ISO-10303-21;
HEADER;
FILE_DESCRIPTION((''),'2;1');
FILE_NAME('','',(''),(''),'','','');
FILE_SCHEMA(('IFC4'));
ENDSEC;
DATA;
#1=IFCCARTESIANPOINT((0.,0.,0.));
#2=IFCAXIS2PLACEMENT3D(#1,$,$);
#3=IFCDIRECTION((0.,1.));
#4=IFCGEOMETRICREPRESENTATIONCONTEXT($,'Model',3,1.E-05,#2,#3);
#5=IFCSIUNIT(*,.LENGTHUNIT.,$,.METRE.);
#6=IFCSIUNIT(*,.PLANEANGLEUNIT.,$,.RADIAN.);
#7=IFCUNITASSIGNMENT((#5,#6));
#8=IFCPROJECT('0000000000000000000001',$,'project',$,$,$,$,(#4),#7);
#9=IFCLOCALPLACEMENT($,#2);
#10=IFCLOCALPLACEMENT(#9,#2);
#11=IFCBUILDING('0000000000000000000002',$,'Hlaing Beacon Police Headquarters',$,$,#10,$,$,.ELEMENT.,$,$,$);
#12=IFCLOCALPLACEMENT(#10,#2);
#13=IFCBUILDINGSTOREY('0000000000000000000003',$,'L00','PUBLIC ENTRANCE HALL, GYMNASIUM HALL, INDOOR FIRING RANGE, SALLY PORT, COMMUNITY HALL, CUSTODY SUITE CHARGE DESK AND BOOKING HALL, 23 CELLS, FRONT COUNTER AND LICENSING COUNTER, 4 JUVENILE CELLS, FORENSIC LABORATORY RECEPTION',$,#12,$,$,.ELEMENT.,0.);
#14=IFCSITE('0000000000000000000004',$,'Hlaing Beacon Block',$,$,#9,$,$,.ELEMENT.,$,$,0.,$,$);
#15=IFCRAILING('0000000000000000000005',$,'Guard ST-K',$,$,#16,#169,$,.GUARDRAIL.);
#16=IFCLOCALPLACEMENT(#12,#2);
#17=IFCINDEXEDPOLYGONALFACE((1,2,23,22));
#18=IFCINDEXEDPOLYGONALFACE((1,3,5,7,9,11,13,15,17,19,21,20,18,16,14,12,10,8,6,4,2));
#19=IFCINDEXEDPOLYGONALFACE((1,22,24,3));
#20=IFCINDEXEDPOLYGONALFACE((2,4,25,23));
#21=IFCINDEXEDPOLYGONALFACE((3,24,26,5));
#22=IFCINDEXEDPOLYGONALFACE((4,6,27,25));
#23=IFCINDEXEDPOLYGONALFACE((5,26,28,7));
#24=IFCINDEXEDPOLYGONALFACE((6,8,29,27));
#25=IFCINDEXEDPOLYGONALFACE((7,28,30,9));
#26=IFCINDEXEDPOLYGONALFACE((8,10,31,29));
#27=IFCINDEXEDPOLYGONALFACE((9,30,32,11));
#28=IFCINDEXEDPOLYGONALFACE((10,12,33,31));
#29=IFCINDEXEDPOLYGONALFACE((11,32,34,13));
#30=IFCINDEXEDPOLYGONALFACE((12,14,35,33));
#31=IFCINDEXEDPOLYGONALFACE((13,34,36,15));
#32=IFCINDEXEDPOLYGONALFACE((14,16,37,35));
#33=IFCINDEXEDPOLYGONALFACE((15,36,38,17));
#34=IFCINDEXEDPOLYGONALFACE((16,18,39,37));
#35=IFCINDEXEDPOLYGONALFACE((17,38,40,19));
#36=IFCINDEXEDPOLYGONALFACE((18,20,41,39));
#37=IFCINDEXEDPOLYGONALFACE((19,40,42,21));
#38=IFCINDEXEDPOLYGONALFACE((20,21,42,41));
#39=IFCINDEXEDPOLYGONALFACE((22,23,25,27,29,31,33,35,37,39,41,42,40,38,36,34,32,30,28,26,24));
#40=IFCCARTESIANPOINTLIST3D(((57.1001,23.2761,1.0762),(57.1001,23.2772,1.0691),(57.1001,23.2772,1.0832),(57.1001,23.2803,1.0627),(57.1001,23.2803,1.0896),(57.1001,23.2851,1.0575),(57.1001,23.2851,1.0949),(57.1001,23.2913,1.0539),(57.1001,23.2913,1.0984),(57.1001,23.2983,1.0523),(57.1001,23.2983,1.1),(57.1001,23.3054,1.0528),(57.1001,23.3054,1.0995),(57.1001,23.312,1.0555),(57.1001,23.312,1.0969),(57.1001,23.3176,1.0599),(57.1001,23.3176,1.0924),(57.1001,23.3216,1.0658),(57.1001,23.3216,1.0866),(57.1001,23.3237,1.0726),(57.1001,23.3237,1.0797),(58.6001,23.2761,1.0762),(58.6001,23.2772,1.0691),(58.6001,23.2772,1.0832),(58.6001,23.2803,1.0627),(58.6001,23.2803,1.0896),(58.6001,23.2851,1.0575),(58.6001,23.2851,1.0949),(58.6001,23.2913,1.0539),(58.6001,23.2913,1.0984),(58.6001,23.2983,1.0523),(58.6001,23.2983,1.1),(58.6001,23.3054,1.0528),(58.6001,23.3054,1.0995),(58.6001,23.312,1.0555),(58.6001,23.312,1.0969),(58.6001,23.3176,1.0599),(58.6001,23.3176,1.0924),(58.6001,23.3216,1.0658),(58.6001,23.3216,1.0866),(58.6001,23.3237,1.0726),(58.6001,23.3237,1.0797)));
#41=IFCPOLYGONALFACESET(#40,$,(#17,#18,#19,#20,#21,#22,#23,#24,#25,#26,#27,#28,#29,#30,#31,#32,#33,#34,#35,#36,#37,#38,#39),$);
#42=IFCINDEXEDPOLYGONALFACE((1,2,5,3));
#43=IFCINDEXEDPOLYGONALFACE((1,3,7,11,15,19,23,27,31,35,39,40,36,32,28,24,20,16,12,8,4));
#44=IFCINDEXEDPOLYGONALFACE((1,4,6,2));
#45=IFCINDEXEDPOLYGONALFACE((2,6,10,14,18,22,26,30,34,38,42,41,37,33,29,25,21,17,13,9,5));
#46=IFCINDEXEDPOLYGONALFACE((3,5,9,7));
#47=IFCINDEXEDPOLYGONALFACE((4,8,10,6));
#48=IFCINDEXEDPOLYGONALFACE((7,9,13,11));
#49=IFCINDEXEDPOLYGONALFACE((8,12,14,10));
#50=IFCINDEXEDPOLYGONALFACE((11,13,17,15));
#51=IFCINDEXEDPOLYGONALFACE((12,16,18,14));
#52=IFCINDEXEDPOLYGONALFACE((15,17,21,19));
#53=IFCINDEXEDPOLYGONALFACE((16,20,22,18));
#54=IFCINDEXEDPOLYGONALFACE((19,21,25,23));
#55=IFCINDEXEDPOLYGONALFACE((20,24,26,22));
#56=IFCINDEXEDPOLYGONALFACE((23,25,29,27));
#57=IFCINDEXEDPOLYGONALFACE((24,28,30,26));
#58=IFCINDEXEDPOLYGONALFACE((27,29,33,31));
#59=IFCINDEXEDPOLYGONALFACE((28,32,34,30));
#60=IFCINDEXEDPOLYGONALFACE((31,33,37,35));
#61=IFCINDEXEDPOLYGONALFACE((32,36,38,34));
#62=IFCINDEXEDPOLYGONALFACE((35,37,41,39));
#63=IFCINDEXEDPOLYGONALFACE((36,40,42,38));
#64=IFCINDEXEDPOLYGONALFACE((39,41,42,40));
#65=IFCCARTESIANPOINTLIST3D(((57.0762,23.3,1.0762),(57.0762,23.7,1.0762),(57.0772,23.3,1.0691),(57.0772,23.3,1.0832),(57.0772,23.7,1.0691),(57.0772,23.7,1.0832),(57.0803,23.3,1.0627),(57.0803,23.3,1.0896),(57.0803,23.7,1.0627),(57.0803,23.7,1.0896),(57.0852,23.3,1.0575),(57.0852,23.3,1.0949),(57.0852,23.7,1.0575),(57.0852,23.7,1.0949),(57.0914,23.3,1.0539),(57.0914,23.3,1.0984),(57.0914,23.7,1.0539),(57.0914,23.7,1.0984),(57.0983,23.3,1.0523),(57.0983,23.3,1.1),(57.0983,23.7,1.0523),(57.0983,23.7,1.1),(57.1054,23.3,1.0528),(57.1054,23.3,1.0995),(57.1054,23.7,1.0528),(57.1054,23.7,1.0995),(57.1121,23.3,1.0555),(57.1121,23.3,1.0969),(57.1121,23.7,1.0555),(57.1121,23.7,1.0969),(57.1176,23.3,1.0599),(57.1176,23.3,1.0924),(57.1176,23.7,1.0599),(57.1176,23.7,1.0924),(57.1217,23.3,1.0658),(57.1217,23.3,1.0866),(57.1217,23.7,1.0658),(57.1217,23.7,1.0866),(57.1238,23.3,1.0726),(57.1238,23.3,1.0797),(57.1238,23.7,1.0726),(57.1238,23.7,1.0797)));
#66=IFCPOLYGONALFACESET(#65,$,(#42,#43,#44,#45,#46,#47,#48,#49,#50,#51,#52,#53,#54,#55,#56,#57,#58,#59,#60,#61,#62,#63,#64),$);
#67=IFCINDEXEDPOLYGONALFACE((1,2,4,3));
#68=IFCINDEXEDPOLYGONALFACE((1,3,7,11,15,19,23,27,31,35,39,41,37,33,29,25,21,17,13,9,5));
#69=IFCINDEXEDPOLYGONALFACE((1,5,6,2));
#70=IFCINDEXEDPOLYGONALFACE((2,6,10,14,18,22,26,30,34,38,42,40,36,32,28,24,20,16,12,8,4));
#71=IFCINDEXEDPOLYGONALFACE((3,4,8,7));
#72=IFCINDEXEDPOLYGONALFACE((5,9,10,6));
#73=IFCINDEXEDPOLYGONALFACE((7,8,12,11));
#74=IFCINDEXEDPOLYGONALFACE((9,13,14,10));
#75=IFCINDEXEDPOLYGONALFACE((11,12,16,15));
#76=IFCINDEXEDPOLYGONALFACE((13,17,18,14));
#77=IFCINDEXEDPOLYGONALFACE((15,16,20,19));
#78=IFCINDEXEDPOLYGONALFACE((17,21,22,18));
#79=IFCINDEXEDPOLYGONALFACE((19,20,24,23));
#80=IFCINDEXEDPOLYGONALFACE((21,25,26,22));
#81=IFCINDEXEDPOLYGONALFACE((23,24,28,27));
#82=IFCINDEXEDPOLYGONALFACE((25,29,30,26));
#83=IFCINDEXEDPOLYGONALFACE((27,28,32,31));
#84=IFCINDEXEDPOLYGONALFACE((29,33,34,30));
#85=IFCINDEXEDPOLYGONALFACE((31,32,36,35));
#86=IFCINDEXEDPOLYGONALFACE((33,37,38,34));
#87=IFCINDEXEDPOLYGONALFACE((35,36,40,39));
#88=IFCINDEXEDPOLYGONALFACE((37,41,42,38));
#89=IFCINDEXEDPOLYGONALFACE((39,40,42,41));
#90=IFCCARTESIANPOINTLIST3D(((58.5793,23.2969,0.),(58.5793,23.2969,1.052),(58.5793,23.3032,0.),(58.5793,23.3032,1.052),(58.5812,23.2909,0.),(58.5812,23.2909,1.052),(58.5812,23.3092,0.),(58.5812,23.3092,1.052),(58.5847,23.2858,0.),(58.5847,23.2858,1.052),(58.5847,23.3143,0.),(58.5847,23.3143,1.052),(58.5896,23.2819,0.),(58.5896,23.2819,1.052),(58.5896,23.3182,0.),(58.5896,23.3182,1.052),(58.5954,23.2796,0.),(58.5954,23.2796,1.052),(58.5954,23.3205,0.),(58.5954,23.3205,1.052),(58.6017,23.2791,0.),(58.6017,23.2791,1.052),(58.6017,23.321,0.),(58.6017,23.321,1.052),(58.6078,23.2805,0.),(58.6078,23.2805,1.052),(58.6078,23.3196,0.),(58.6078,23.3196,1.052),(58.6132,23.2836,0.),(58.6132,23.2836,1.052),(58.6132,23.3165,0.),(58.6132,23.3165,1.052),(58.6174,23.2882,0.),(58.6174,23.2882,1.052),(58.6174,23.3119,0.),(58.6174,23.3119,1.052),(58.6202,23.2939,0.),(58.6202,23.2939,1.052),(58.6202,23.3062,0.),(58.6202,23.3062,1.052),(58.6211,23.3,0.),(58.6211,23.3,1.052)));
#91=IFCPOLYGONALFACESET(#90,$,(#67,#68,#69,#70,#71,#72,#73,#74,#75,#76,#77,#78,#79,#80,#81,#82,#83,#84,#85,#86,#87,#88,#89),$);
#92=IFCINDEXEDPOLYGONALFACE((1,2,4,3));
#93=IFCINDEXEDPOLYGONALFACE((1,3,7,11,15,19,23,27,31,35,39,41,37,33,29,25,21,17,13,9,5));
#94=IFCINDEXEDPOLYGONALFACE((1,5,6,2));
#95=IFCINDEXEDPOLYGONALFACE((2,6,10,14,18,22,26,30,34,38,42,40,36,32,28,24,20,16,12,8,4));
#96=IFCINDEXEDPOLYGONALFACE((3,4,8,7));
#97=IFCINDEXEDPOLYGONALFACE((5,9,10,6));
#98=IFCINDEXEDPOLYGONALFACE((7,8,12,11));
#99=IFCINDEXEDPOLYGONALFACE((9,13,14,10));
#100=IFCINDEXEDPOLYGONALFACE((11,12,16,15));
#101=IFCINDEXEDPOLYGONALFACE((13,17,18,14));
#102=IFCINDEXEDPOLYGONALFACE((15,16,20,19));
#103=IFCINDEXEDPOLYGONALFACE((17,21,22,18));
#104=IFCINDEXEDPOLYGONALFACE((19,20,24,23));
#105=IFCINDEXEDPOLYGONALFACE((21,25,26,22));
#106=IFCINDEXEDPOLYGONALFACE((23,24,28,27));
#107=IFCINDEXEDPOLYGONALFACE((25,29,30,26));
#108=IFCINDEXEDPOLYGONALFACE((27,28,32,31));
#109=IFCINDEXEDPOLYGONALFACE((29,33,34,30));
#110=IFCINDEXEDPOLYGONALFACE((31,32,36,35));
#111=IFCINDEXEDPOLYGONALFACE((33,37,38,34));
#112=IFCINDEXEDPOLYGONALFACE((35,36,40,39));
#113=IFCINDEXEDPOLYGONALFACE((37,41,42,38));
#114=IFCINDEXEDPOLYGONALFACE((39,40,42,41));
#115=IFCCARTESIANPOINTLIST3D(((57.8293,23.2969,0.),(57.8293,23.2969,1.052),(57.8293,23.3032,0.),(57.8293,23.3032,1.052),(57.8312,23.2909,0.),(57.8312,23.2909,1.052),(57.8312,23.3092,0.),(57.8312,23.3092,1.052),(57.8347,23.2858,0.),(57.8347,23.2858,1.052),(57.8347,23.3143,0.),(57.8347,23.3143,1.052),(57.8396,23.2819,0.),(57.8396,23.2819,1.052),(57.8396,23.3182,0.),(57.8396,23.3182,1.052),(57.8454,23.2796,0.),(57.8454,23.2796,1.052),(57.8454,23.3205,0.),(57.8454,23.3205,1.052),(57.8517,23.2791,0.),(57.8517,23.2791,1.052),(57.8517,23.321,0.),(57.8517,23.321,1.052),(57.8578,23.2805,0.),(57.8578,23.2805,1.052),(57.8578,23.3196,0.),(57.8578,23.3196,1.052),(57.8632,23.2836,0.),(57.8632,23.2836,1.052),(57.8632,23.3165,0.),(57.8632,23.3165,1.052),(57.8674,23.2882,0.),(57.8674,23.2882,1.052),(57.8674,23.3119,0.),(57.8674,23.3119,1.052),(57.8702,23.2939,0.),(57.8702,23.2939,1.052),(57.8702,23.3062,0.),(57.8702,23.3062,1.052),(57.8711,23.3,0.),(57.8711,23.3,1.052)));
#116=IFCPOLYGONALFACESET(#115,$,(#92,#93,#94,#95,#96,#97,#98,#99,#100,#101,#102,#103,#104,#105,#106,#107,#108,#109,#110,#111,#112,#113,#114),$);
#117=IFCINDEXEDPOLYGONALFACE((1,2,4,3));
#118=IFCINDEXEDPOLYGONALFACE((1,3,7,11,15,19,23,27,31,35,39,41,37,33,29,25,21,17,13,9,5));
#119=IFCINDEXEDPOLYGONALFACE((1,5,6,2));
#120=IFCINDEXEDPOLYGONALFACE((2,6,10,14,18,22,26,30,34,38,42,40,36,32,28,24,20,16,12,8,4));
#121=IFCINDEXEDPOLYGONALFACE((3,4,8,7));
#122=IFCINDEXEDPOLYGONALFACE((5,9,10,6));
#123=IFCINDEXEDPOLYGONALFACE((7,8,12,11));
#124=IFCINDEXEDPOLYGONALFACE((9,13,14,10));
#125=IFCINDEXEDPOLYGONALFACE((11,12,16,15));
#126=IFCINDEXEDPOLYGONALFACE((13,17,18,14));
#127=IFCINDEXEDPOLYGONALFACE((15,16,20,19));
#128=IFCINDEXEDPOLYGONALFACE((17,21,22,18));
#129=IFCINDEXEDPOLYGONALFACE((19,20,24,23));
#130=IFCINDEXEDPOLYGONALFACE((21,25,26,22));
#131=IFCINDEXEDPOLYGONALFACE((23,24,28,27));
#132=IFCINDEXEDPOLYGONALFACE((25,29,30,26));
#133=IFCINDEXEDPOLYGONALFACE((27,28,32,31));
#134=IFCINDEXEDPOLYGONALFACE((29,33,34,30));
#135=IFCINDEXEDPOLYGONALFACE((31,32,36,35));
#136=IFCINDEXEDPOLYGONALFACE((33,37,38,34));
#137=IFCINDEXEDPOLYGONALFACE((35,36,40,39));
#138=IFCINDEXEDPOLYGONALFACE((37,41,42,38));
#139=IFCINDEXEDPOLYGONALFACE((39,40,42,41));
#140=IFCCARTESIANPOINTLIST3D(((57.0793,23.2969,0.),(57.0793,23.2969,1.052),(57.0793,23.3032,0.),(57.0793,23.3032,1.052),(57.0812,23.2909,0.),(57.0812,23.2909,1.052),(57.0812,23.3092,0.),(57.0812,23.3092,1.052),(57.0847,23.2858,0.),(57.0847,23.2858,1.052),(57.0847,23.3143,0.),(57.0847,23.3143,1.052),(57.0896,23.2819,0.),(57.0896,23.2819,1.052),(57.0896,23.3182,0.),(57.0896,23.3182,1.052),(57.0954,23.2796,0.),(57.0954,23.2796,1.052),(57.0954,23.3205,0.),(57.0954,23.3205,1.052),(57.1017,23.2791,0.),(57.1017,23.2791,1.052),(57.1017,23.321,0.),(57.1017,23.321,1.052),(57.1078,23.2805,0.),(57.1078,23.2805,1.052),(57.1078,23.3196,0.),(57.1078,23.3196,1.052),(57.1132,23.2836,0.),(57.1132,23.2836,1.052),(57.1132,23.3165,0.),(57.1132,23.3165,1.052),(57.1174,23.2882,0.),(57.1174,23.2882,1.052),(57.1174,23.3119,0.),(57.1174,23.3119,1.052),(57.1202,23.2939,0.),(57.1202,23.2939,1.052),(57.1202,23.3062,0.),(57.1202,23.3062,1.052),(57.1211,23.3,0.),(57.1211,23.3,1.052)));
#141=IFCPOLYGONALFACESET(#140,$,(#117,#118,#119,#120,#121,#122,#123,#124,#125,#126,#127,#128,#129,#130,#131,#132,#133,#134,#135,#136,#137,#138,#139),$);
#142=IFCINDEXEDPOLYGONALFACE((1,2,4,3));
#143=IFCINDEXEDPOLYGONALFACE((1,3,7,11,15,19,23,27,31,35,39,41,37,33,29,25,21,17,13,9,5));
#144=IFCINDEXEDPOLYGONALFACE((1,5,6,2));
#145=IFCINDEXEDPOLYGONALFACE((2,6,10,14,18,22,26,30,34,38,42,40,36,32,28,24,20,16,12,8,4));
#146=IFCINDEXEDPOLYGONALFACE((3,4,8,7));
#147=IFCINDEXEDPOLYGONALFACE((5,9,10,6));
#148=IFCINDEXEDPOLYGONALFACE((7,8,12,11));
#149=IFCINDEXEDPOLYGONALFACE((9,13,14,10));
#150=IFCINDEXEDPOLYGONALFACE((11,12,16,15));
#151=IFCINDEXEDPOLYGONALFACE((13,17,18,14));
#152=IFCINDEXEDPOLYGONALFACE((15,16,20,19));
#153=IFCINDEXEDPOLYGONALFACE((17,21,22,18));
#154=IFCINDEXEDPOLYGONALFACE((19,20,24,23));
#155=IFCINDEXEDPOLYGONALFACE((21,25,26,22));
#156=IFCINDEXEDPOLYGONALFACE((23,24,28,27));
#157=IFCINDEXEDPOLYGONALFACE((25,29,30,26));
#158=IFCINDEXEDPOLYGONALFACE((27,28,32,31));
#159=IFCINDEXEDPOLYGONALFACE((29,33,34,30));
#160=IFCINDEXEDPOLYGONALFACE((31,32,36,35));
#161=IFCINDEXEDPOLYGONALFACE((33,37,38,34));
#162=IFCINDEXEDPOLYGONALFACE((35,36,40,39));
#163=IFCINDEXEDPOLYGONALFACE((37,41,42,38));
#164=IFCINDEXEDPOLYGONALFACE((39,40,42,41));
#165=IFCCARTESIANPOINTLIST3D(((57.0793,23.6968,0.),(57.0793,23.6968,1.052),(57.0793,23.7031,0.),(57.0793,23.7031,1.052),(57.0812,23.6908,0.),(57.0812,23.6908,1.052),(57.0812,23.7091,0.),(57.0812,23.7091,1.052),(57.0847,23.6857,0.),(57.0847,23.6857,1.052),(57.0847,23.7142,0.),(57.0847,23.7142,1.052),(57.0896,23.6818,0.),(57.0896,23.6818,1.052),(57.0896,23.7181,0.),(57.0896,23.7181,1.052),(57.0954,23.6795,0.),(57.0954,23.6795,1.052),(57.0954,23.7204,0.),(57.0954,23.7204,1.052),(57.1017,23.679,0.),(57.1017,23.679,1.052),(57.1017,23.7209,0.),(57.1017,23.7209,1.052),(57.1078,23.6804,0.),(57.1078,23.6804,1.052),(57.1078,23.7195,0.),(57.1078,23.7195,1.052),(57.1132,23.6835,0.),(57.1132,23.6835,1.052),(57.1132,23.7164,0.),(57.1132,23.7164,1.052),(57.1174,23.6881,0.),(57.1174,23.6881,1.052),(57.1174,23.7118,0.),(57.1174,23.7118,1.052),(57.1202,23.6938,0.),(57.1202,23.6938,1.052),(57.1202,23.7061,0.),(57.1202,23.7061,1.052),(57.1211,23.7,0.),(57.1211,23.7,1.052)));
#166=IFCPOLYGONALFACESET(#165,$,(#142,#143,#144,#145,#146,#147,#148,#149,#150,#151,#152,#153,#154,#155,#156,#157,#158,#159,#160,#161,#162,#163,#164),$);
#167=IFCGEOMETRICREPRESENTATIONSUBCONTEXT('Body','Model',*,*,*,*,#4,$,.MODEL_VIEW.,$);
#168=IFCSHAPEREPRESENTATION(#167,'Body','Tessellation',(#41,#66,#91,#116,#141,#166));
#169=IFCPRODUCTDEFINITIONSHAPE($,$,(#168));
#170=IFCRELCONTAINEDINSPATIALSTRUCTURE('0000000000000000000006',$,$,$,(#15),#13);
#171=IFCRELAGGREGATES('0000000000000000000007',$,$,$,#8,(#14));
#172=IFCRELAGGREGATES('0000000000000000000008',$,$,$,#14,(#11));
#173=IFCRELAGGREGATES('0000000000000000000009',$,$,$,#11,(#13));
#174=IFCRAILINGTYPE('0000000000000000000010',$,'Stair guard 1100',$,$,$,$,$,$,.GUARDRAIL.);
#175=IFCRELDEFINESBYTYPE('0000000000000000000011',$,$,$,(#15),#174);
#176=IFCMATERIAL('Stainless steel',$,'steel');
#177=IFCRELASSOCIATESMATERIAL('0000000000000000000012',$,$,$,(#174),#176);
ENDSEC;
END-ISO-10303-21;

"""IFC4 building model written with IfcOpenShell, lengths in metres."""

from ifc_helpers import new_model, si_unit, direction, frame, origin, origin_2d, place, context, subcontext, project, spatial, circle, extrude, material, type_object, element, save


model = new_model("IFC4")

# Units and contexts
model_context = context("Model", 3, precision=1e-05, world=origin(), true_north=direction((0.0, 1.0)))
body_context = subcontext(model_context, "Body", "Model", "MODEL_VIEW")
ifc_project = project(units=[si_unit("LENGTHUNIT", "METRE"), si_unit("PLANEANGLEUNIT", "RADIAN")], contexts=[model_context])

# Site, building, storey
site_placement = place(None, origin())
site = spatial("IfcSite", under=ifc_project, at=site_placement, Name="Hlaing Beacon Block", CompositionType="ELEMENT", RefElevation=0.0)
building_placement = place(site_placement, origin())
building = spatial("IfcBuilding", under=site, at=building_placement, Name="Hlaing Beacon Police Headquarters", CompositionType="ELEMENT")
storey_placement = place(building_placement, origin())
storey = spatial("IfcBuildingStorey", under=building, at=storey_placement, Name="L00", Description="PUBLIC ENTRANCE HALL, GYMNASIUM HALL, INDOOR FIRING RANGE, SALLY PORT, COMMUNITY HALL, CUSTODY SUITE CHARGE DESK AND BOOKING HALL, 23 CELLS, FRONT COUNTER AND LICENSING COUNTER, 4 JUVENILE CELLS, FORENSIC LABORATORY RECEPTION", CompositionType="ELEMENT", Elevation=0.0)

# Railing
ifc_material_1 = material(Name="Stainless steel", Category="steel")
railing_type_1 = type_object("IfcRailingType", Name="Stair guard 1100", PredefinedType="GUARDRAIL", material=ifc_material_1)
railing_placement = place(storey_placement, frame((58.6001, 23.3, 0.0)))
element("IfcRailing", 1, at=railing_placement, inside=storey, type_object=railing_type_1, Name="Guard ST-K", PredefinedType="GUARDRAIL", context=body_context, shape_type="SweptSolid", body=[
    extrude(circle(Radius=0.0239, at=origin_2d()), frame((0.0, 0.0, 1.0762), z_axis=(-1.0, 0.0, 0.0), x_axis=(0.0, -1.0, 0.0)), (0.0, 0.0, 1.0), 1.5),
    extrude(circle(Radius=0.0239, at=origin_2d()), frame((-1.5, 0.0, 1.0762), z_axis=(0.0, 1.0, 0.0), x_axis=(-1.0, 0.0, 0.0)), (0.0, 0.0, 1.0), 0.3999),
    extrude(circle(Radius=0.021, at=origin_2d()), origin(), (0.0, 0.0, 1.0), 1.052),
    extrude(circle(Radius=0.021, at=origin_2d()), frame((-0.75, 0.0, 0.0)), (0.0, 0.0, 1.0), 1.052),
    extrude(circle(Radius=0.021, at=origin_2d()), frame((-1.5, 0.0, 0.0)), (0.0, 0.0, 1.0), 1.052),
    extrude(circle(Radius=0.021, at=origin_2d()), frame((-1.5, 0.3999, 0.0)), (0.0, 0.0, 1.0), 1.052),
])

save(model, "model.ifc")
